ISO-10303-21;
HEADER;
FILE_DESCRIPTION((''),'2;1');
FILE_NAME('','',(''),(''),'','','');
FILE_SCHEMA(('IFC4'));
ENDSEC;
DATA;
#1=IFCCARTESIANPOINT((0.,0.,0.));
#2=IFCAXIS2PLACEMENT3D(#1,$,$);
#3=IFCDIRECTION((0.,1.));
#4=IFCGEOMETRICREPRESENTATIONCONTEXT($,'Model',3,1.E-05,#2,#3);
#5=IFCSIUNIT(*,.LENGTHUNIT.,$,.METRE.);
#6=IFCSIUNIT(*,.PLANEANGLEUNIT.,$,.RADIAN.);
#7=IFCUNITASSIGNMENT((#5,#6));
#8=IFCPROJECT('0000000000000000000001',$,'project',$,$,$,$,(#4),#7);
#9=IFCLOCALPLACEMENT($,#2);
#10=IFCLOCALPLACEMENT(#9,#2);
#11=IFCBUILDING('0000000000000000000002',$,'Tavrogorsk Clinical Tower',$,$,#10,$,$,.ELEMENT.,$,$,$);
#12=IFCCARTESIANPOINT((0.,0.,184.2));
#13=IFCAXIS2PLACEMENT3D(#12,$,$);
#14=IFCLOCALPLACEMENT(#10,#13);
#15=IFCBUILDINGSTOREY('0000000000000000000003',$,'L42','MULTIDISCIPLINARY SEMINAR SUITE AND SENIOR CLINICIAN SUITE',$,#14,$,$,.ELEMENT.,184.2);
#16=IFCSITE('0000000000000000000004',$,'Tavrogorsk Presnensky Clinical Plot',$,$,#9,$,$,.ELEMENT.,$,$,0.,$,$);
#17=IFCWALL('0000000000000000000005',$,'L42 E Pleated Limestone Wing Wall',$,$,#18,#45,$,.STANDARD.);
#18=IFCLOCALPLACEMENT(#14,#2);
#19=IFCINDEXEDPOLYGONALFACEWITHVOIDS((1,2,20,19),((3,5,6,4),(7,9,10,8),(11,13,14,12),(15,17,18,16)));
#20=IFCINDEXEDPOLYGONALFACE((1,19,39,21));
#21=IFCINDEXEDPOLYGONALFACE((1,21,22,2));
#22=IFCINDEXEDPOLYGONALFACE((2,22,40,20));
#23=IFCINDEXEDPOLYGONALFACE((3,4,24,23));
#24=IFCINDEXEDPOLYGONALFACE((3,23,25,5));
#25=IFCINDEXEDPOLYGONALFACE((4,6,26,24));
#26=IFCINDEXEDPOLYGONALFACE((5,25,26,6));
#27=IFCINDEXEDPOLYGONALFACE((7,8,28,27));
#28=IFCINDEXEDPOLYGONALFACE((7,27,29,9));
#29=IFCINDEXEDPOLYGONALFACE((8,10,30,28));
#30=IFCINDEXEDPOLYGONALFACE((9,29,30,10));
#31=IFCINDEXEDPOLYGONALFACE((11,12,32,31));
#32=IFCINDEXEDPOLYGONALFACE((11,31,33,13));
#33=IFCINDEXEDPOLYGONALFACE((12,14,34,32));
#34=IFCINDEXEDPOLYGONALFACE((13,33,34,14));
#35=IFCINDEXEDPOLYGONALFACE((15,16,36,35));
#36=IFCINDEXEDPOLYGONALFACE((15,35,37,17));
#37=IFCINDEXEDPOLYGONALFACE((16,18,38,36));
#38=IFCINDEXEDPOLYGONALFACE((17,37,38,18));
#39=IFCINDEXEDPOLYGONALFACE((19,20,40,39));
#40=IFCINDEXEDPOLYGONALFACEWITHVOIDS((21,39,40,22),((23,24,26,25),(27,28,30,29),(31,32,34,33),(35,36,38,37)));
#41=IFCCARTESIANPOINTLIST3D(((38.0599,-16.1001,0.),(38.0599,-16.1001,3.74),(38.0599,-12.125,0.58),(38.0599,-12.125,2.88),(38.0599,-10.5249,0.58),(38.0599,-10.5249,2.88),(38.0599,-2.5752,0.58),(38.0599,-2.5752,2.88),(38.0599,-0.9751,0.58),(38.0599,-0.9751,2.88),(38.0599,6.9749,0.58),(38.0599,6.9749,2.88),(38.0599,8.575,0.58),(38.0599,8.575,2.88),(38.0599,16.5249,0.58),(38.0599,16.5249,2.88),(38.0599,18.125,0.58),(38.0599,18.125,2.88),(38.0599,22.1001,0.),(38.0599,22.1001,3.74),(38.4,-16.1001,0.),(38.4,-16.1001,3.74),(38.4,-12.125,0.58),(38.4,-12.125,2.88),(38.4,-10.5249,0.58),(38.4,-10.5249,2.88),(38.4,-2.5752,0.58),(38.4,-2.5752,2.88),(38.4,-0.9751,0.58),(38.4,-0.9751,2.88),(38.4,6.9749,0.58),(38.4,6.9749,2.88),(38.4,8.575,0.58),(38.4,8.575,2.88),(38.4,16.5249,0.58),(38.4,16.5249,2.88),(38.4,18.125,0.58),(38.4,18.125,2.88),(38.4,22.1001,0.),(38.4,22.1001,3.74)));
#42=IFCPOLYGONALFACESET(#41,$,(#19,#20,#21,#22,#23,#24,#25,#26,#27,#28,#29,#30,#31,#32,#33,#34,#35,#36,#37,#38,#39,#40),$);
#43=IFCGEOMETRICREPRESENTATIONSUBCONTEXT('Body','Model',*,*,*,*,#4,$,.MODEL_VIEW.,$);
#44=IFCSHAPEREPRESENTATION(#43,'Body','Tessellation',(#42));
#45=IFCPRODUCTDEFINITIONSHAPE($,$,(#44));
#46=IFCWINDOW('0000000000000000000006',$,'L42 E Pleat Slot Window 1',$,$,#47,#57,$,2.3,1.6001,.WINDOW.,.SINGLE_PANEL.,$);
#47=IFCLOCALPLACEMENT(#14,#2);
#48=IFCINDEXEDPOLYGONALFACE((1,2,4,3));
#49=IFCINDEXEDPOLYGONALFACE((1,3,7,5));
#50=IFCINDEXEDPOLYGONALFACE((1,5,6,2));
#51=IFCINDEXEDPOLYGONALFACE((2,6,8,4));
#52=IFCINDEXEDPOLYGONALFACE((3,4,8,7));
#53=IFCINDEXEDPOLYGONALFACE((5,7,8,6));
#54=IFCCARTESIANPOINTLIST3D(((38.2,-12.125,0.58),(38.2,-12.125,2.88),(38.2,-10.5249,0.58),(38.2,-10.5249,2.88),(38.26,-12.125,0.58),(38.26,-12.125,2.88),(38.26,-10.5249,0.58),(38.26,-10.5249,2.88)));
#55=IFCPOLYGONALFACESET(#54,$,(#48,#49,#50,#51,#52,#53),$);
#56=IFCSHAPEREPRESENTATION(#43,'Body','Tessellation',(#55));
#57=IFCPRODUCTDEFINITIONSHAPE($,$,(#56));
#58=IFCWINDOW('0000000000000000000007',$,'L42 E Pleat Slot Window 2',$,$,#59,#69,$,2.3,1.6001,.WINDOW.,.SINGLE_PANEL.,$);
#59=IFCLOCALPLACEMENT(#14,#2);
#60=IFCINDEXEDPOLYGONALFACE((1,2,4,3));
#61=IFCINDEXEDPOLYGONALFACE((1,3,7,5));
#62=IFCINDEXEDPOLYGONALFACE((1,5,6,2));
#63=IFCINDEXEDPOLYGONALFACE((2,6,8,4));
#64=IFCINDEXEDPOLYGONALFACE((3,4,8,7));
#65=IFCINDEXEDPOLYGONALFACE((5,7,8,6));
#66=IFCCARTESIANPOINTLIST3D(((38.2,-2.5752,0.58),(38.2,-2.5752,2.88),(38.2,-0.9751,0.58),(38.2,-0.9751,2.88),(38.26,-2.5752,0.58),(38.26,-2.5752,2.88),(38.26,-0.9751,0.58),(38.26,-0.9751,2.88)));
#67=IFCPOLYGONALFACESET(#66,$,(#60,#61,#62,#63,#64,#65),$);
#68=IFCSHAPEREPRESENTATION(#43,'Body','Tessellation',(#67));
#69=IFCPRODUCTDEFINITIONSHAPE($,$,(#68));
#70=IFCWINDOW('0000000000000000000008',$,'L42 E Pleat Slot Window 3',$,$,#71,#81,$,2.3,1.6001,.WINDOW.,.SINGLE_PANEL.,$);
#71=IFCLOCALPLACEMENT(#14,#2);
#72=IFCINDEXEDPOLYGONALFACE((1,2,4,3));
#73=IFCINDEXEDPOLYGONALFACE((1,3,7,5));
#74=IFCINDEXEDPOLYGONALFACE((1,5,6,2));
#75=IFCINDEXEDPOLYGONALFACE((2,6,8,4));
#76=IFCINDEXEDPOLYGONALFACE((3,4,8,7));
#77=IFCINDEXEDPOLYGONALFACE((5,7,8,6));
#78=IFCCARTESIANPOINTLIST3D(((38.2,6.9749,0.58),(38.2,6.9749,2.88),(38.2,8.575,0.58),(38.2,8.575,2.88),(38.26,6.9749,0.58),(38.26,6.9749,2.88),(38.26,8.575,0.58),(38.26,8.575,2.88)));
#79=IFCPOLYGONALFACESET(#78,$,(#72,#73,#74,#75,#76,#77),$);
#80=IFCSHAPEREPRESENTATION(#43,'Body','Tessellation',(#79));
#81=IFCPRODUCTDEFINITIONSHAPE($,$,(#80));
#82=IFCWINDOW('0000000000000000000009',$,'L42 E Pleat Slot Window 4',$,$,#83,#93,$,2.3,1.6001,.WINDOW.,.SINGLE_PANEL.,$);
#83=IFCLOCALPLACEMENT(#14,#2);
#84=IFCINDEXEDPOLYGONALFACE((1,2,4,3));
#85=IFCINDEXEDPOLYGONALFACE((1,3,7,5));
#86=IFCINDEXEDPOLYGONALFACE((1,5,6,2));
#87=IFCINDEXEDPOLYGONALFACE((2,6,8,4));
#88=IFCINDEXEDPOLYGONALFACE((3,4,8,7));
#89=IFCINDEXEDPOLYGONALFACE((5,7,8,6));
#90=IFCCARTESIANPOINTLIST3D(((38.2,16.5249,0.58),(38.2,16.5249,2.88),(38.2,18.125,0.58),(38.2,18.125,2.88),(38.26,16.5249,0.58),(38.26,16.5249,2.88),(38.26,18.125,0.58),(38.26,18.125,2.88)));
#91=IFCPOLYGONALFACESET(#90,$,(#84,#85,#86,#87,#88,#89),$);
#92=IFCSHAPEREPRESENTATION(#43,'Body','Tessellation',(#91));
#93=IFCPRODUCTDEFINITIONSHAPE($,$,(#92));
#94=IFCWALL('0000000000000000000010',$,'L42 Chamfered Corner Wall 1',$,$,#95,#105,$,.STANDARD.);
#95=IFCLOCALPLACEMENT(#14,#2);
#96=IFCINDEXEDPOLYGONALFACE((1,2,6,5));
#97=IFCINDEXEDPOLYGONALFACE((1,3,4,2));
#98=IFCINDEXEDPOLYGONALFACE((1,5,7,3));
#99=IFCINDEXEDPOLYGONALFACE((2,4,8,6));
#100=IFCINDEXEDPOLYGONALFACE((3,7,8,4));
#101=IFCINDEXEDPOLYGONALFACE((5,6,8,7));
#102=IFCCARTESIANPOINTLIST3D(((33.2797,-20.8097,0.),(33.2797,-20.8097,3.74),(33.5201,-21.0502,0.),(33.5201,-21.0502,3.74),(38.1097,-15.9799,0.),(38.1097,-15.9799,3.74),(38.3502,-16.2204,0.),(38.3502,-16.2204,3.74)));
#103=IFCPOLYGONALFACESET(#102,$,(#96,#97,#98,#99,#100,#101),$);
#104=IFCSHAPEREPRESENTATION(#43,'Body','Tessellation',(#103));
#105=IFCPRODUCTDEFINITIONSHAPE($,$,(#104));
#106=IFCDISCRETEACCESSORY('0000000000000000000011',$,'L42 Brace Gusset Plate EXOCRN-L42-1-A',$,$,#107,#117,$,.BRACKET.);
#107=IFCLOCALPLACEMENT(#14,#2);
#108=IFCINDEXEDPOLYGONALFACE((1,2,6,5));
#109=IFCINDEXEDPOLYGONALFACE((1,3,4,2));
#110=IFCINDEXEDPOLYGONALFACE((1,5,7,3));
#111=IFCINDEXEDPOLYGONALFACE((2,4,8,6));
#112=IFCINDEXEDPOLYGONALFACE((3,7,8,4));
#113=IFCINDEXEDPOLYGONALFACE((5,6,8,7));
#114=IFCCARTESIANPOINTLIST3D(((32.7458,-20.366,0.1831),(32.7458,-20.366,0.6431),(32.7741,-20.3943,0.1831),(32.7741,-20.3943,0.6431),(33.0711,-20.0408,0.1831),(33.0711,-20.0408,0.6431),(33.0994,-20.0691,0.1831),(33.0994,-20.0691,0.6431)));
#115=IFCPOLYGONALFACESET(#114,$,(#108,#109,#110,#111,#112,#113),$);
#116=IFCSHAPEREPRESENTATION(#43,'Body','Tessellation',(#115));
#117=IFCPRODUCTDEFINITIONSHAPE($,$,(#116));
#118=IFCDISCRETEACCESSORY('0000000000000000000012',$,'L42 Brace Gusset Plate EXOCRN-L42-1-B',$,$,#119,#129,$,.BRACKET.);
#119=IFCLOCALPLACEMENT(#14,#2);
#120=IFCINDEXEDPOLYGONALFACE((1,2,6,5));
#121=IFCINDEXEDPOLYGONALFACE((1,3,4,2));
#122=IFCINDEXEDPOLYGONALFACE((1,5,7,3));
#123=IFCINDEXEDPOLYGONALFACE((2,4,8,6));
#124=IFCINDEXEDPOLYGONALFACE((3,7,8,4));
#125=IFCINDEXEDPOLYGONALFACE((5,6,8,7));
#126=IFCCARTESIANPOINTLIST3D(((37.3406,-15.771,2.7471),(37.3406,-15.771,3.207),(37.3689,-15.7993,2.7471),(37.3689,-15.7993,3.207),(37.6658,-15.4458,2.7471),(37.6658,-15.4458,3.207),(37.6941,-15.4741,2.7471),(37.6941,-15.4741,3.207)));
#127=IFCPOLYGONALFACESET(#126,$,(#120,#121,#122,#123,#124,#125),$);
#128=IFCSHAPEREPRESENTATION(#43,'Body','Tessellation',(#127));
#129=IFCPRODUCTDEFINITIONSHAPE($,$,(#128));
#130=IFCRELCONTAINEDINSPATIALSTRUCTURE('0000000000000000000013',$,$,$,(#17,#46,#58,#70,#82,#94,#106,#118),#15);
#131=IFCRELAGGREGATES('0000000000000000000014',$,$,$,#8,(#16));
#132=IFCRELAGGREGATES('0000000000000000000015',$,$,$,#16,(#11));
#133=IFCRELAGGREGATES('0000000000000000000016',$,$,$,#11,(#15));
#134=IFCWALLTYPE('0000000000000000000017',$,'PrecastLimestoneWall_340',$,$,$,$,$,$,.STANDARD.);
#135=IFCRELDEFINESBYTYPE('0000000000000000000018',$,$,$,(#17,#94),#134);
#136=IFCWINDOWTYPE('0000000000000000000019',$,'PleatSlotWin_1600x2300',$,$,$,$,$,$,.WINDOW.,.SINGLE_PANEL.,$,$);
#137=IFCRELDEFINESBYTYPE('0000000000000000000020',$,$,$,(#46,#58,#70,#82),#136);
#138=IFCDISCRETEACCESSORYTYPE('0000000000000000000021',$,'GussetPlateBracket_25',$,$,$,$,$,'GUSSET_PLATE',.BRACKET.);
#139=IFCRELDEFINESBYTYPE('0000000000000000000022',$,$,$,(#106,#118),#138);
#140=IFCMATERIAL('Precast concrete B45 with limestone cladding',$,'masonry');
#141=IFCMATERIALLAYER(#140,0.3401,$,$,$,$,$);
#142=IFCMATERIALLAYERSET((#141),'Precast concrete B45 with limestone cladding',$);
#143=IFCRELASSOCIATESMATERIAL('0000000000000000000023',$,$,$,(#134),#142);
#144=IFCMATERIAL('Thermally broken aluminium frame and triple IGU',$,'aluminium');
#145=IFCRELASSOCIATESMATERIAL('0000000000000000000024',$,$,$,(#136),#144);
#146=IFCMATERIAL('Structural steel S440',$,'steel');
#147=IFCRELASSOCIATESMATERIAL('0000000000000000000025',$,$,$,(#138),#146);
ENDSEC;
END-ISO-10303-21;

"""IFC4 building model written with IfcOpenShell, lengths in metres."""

from ifc_helpers import new_model, si_unit, direction, frame, frame_2d, origin, origin_2d, place, context, subcontext, project, spatial, rectangle, extrude, material, layer, layer_set, type_object, element, fill, save


model = new_model("IFC4")

# Units and contexts
model_context = context("Model", 3, precision=1e-05, world=origin(), true_north=direction((0.0, 1.0)))
body_context = subcontext(model_context, "Body", "Model", "MODEL_VIEW")
ifc_project = project(units=[si_unit("LENGTHUNIT", "METRE"), si_unit("PLANEANGLEUNIT", "RADIAN")], contexts=[model_context])

# Site, building, storey
site_placement = place(None, origin())
site = spatial("IfcSite", under=ifc_project, at=site_placement, Name="Tavrogorsk Presnensky Clinical Plot", CompositionType="ELEMENT", RefElevation=0.0)
building_placement = place(site_placement, origin())
building = spatial("IfcBuilding", under=site, at=building_placement, Name="Tavrogorsk Clinical Tower", CompositionType="ELEMENT")
storey_placement = place(building_placement, frame((0.0, 0.0, 184.2)))
storey = spatial("IfcBuildingStorey", under=building, at=storey_placement, Name="L42", Description="MULTIDISCIPLINARY SEMINAR SUITE AND SENIOR CLINICIAN SUITE", CompositionType="ELEMENT", Elevation=184.2)

# Wall, openings, windows
ifc_material_1 = material(Name="Precast concrete B45 with limestone cladding", Category="masonry")
ifc_layer_1 = layer(ifc_material_1, 0.3401)
ifc_layer_set_1 = layer_set([ifc_layer_1], Name="Precast concrete B45 with limestone cladding")
wall_type_1 = type_object("IfcWallType", Name="PrecastLimestoneWall_340", PredefinedType="STANDARD", material=ifc_layer_set_1)
wall_1_placement = place(storey_placement, frame((38.23, -16.1001, 0.0), z_axis=(0.0, 0.0, 1.0), x_axis=(0.0, 1.0, 0.0)))
wall_1 = element("IfcWall", 1, at=wall_1_placement, inside=storey, type_object=wall_type_1, Name="L42 E Pleated Limestone Wing Wall", PredefinedType="STANDARD", context=body_context, shape_type="SweptSolid", body=[
    extrude(rectangle(XDim=38.2002, YDim=0.3401, at=frame_2d((19.1001, 0.0))), origin(), (0.0, 0.0, 1.0), 3.74),
])
opening_1_placement = place(wall_1_placement, frame((3.9751, 0.0, 0.5801)))
opening_1 = element("IfcOpeningElement", 2, at=opening_1_placement, cuts=wall_1, PredefinedType="OPENING", context=body_context, shape_type="SweptSolid", body=[
    extrude(rectangle(XDim=1.6001, YDim=2.3, at=frame_2d((0.8, 1.1499))), frame((0.0, 0.1799, 0.0), z_axis=(0.0, -1.0, 0.0), x_axis=(1.0, 0.0, 0.0)), (0.0, 0.0, 1.0), 0.3601),
])
opening_2_placement = place(wall_1_placement, frame((13.5249, 0.0, 0.5801)))
opening_2 = element("IfcOpeningElement", 3, at=opening_2_placement, cuts=wall_1, PredefinedType="OPENING", context=body_context, shape_type="SweptSolid", body=[
    extrude(rectangle(XDim=1.6001, YDim=2.3, at=frame_2d((0.8, 1.1499))), frame((0.0, 0.1799, 0.0), z_axis=(0.0, -1.0, 0.0), x_axis=(1.0, 0.0, 0.0)), (0.0, 0.0, 1.0), 0.3601),
])
opening_3_placement = place(wall_1_placement, frame((23.075, 0.0, 0.5801)))
opening_3 = element("IfcOpeningElement", 4, at=opening_3_placement, cuts=wall_1, PredefinedType="OPENING", context=body_context, shape_type="SweptSolid", body=[
    extrude(rectangle(XDim=1.6001, YDim=2.3, at=frame_2d((0.8, 1.1499))), frame((0.0, 0.1799, 0.0), z_axis=(0.0, -1.0, 0.0), x_axis=(1.0, 0.0, 0.0)), (0.0, 0.0, 1.0), 0.3601),
])
opening_4_placement = place(wall_1_placement, frame((32.625, 0.0, 0.5801)))
opening_4 = element("IfcOpeningElement", 5, at=opening_4_placement, cuts=wall_1, PredefinedType="OPENING", context=body_context, shape_type="SweptSolid", body=[
    extrude(rectangle(XDim=1.6001, YDim=2.3, at=frame_2d((0.8, 1.1499))), frame((0.0, 0.1799, 0.0), z_axis=(0.0, -1.0, 0.0), x_axis=(1.0, 0.0, 0.0)), (0.0, 0.0, 1.0), 0.3601),
])
ifc_material_2 = material(Name="Thermally broken aluminium frame and triple IGU", Category="aluminium")
window_type = type_object("IfcWindowType", Name="PleatSlotWin_1600x2300", PartitioningType="SINGLE_PANEL", PredefinedType="WINDOW", material=ifc_material_2)
window_1_placement = place(opening_1_placement, origin())
window_1 = element("IfcWindow", 6, at=window_1_placement, inside=storey, type_object=window_type, Name="L42 E Pleat Slot Window 1", OverallHeight=2.3, OverallWidth=1.6001, PartitioningType="SINGLE_PANEL", PredefinedType="WINDOW", context=body_context, shape_type="SweptSolid", body=[
    extrude(rectangle(XDim=1.6001, YDim=2.3, at=frame_2d((0.8, 1.1499))), frame((0.0, 0.03, 0.0), z_axis=(0.0, -1.0, 0.0), x_axis=(1.0, 0.0, 0.0)), (0.0, 0.0, 1.0), 0.0601),
])
fill(opening_1, window_1)
window_2_placement = place(opening_2_placement, origin())
window_2 = element("IfcWindow", 7, at=window_2_placement, inside=storey, type_object=window_type, Name="L42 E Pleat Slot Window 2", OverallHeight=2.3, OverallWidth=1.6001, PartitioningType="SINGLE_PANEL", PredefinedType="WINDOW", context=body_context, shape_type="SweptSolid", body=[
    extrude(rectangle(XDim=1.6001, YDim=2.3, at=frame_2d((0.8, 1.1499))), frame((0.0, 0.03, 0.0), z_axis=(0.0, -1.0, 0.0), x_axis=(1.0, 0.0, 0.0)), (0.0, 0.0, 1.0), 0.0601),
])
fill(opening_2, window_2)
window_3_placement = place(opening_3_placement, origin())
window_3 = element("IfcWindow", 8, at=window_3_placement, inside=storey, type_object=window_type, Name="L42 E Pleat Slot Window 3", OverallHeight=2.3, OverallWidth=1.6001, PartitioningType="SINGLE_PANEL", PredefinedType="WINDOW", context=body_context, shape_type="SweptSolid", body=[
    extrude(rectangle(XDim=1.6001, YDim=2.3, at=frame_2d((0.8, 1.1499))), frame((0.0, 0.03, 0.0), z_axis=(0.0, -1.0, 0.0), x_axis=(1.0, 0.0, 0.0)), (0.0, 0.0, 1.0), 0.0601),
])
fill(opening_3, window_3)
window_4_placement = place(opening_4_placement, origin())
window_4 = element("IfcWindow", 9, at=window_4_placement, inside=storey, type_object=window_type, Name="L42 E Pleat Slot Window 4", OverallHeight=2.3, OverallWidth=1.6001, PartitioningType="SINGLE_PANEL", PredefinedType="WINDOW", context=body_context, shape_type="SweptSolid", body=[
    extrude(rectangle(XDim=1.6001, YDim=2.3, at=frame_2d((0.8, 1.1499))), frame((0.0, 0.03, 0.0), z_axis=(0.0, -1.0, 0.0), x_axis=(1.0, 0.0, 0.0)), (0.0, 0.0, 1.0), 0.0601),
])
fill(opening_4, window_4)

# Wall
wall_2_placement = place(storey_placement, frame((33.3999, -20.9299, 0.0), z_axis=(0.0, 0.0, 1.0), x_axis=(0.707125, 0.707089, 0.0)))
element("IfcWall", 10, at=wall_2_placement, inside=storey, type_object=wall_type_1, Name="L42 Chamfered Corner Wall 1", PredefinedType="STANDARD", context=body_context, shape_type="SweptSolid", body=[
    extrude(rectangle(XDim=6.8306, YDim=0.3401, at=frame_2d((3.4153, 0.0))), origin(), (0.0, 0.0, 1.0), 3.74),
])

# Discrete accessories
ifc_material_3 = material(Name="Structural steel S440", Category="steel")
discrete_accessory_type = type_object("IfcDiscreteAccessoryType", Name="GussetPlateBracket_25", ElementType="GUSSET_PLATE", PredefinedType="BRACKET", material=ifc_material_3)
for number, where, z_axis, x_axis, name in (
    (11, (32.9226, -20.2175, 0.1831), (0.0, 0.0, 1.0), (0.707107, 0.707107, 0.0), "L42 Brace Gusset Plate EXOCRN-L42-1-A"),
    (12, (37.5173, -15.6226, 2.7471), (0.0, 0.0, 1.0), (0.707107, 0.707107, 0.0), "L42 Brace Gusset Plate EXOCRN-L42-1-B"),
):
    element("IfcDiscreteAccessory", number, at=place(storey_placement, frame(where, z_axis=z_axis, x_axis=x_axis)), inside=storey, type_object=discrete_accessory_type, Name=name, PredefinedType="BRACKET", context=body_context, shape_type="SweptSolid", body=[
        extrude(rectangle(XDim=0.46, YDim=0.04, at=origin_2d()), origin(), (0.0, 0.0, 1.0), 0.46),
    ])

save(model, "model.ifc")
